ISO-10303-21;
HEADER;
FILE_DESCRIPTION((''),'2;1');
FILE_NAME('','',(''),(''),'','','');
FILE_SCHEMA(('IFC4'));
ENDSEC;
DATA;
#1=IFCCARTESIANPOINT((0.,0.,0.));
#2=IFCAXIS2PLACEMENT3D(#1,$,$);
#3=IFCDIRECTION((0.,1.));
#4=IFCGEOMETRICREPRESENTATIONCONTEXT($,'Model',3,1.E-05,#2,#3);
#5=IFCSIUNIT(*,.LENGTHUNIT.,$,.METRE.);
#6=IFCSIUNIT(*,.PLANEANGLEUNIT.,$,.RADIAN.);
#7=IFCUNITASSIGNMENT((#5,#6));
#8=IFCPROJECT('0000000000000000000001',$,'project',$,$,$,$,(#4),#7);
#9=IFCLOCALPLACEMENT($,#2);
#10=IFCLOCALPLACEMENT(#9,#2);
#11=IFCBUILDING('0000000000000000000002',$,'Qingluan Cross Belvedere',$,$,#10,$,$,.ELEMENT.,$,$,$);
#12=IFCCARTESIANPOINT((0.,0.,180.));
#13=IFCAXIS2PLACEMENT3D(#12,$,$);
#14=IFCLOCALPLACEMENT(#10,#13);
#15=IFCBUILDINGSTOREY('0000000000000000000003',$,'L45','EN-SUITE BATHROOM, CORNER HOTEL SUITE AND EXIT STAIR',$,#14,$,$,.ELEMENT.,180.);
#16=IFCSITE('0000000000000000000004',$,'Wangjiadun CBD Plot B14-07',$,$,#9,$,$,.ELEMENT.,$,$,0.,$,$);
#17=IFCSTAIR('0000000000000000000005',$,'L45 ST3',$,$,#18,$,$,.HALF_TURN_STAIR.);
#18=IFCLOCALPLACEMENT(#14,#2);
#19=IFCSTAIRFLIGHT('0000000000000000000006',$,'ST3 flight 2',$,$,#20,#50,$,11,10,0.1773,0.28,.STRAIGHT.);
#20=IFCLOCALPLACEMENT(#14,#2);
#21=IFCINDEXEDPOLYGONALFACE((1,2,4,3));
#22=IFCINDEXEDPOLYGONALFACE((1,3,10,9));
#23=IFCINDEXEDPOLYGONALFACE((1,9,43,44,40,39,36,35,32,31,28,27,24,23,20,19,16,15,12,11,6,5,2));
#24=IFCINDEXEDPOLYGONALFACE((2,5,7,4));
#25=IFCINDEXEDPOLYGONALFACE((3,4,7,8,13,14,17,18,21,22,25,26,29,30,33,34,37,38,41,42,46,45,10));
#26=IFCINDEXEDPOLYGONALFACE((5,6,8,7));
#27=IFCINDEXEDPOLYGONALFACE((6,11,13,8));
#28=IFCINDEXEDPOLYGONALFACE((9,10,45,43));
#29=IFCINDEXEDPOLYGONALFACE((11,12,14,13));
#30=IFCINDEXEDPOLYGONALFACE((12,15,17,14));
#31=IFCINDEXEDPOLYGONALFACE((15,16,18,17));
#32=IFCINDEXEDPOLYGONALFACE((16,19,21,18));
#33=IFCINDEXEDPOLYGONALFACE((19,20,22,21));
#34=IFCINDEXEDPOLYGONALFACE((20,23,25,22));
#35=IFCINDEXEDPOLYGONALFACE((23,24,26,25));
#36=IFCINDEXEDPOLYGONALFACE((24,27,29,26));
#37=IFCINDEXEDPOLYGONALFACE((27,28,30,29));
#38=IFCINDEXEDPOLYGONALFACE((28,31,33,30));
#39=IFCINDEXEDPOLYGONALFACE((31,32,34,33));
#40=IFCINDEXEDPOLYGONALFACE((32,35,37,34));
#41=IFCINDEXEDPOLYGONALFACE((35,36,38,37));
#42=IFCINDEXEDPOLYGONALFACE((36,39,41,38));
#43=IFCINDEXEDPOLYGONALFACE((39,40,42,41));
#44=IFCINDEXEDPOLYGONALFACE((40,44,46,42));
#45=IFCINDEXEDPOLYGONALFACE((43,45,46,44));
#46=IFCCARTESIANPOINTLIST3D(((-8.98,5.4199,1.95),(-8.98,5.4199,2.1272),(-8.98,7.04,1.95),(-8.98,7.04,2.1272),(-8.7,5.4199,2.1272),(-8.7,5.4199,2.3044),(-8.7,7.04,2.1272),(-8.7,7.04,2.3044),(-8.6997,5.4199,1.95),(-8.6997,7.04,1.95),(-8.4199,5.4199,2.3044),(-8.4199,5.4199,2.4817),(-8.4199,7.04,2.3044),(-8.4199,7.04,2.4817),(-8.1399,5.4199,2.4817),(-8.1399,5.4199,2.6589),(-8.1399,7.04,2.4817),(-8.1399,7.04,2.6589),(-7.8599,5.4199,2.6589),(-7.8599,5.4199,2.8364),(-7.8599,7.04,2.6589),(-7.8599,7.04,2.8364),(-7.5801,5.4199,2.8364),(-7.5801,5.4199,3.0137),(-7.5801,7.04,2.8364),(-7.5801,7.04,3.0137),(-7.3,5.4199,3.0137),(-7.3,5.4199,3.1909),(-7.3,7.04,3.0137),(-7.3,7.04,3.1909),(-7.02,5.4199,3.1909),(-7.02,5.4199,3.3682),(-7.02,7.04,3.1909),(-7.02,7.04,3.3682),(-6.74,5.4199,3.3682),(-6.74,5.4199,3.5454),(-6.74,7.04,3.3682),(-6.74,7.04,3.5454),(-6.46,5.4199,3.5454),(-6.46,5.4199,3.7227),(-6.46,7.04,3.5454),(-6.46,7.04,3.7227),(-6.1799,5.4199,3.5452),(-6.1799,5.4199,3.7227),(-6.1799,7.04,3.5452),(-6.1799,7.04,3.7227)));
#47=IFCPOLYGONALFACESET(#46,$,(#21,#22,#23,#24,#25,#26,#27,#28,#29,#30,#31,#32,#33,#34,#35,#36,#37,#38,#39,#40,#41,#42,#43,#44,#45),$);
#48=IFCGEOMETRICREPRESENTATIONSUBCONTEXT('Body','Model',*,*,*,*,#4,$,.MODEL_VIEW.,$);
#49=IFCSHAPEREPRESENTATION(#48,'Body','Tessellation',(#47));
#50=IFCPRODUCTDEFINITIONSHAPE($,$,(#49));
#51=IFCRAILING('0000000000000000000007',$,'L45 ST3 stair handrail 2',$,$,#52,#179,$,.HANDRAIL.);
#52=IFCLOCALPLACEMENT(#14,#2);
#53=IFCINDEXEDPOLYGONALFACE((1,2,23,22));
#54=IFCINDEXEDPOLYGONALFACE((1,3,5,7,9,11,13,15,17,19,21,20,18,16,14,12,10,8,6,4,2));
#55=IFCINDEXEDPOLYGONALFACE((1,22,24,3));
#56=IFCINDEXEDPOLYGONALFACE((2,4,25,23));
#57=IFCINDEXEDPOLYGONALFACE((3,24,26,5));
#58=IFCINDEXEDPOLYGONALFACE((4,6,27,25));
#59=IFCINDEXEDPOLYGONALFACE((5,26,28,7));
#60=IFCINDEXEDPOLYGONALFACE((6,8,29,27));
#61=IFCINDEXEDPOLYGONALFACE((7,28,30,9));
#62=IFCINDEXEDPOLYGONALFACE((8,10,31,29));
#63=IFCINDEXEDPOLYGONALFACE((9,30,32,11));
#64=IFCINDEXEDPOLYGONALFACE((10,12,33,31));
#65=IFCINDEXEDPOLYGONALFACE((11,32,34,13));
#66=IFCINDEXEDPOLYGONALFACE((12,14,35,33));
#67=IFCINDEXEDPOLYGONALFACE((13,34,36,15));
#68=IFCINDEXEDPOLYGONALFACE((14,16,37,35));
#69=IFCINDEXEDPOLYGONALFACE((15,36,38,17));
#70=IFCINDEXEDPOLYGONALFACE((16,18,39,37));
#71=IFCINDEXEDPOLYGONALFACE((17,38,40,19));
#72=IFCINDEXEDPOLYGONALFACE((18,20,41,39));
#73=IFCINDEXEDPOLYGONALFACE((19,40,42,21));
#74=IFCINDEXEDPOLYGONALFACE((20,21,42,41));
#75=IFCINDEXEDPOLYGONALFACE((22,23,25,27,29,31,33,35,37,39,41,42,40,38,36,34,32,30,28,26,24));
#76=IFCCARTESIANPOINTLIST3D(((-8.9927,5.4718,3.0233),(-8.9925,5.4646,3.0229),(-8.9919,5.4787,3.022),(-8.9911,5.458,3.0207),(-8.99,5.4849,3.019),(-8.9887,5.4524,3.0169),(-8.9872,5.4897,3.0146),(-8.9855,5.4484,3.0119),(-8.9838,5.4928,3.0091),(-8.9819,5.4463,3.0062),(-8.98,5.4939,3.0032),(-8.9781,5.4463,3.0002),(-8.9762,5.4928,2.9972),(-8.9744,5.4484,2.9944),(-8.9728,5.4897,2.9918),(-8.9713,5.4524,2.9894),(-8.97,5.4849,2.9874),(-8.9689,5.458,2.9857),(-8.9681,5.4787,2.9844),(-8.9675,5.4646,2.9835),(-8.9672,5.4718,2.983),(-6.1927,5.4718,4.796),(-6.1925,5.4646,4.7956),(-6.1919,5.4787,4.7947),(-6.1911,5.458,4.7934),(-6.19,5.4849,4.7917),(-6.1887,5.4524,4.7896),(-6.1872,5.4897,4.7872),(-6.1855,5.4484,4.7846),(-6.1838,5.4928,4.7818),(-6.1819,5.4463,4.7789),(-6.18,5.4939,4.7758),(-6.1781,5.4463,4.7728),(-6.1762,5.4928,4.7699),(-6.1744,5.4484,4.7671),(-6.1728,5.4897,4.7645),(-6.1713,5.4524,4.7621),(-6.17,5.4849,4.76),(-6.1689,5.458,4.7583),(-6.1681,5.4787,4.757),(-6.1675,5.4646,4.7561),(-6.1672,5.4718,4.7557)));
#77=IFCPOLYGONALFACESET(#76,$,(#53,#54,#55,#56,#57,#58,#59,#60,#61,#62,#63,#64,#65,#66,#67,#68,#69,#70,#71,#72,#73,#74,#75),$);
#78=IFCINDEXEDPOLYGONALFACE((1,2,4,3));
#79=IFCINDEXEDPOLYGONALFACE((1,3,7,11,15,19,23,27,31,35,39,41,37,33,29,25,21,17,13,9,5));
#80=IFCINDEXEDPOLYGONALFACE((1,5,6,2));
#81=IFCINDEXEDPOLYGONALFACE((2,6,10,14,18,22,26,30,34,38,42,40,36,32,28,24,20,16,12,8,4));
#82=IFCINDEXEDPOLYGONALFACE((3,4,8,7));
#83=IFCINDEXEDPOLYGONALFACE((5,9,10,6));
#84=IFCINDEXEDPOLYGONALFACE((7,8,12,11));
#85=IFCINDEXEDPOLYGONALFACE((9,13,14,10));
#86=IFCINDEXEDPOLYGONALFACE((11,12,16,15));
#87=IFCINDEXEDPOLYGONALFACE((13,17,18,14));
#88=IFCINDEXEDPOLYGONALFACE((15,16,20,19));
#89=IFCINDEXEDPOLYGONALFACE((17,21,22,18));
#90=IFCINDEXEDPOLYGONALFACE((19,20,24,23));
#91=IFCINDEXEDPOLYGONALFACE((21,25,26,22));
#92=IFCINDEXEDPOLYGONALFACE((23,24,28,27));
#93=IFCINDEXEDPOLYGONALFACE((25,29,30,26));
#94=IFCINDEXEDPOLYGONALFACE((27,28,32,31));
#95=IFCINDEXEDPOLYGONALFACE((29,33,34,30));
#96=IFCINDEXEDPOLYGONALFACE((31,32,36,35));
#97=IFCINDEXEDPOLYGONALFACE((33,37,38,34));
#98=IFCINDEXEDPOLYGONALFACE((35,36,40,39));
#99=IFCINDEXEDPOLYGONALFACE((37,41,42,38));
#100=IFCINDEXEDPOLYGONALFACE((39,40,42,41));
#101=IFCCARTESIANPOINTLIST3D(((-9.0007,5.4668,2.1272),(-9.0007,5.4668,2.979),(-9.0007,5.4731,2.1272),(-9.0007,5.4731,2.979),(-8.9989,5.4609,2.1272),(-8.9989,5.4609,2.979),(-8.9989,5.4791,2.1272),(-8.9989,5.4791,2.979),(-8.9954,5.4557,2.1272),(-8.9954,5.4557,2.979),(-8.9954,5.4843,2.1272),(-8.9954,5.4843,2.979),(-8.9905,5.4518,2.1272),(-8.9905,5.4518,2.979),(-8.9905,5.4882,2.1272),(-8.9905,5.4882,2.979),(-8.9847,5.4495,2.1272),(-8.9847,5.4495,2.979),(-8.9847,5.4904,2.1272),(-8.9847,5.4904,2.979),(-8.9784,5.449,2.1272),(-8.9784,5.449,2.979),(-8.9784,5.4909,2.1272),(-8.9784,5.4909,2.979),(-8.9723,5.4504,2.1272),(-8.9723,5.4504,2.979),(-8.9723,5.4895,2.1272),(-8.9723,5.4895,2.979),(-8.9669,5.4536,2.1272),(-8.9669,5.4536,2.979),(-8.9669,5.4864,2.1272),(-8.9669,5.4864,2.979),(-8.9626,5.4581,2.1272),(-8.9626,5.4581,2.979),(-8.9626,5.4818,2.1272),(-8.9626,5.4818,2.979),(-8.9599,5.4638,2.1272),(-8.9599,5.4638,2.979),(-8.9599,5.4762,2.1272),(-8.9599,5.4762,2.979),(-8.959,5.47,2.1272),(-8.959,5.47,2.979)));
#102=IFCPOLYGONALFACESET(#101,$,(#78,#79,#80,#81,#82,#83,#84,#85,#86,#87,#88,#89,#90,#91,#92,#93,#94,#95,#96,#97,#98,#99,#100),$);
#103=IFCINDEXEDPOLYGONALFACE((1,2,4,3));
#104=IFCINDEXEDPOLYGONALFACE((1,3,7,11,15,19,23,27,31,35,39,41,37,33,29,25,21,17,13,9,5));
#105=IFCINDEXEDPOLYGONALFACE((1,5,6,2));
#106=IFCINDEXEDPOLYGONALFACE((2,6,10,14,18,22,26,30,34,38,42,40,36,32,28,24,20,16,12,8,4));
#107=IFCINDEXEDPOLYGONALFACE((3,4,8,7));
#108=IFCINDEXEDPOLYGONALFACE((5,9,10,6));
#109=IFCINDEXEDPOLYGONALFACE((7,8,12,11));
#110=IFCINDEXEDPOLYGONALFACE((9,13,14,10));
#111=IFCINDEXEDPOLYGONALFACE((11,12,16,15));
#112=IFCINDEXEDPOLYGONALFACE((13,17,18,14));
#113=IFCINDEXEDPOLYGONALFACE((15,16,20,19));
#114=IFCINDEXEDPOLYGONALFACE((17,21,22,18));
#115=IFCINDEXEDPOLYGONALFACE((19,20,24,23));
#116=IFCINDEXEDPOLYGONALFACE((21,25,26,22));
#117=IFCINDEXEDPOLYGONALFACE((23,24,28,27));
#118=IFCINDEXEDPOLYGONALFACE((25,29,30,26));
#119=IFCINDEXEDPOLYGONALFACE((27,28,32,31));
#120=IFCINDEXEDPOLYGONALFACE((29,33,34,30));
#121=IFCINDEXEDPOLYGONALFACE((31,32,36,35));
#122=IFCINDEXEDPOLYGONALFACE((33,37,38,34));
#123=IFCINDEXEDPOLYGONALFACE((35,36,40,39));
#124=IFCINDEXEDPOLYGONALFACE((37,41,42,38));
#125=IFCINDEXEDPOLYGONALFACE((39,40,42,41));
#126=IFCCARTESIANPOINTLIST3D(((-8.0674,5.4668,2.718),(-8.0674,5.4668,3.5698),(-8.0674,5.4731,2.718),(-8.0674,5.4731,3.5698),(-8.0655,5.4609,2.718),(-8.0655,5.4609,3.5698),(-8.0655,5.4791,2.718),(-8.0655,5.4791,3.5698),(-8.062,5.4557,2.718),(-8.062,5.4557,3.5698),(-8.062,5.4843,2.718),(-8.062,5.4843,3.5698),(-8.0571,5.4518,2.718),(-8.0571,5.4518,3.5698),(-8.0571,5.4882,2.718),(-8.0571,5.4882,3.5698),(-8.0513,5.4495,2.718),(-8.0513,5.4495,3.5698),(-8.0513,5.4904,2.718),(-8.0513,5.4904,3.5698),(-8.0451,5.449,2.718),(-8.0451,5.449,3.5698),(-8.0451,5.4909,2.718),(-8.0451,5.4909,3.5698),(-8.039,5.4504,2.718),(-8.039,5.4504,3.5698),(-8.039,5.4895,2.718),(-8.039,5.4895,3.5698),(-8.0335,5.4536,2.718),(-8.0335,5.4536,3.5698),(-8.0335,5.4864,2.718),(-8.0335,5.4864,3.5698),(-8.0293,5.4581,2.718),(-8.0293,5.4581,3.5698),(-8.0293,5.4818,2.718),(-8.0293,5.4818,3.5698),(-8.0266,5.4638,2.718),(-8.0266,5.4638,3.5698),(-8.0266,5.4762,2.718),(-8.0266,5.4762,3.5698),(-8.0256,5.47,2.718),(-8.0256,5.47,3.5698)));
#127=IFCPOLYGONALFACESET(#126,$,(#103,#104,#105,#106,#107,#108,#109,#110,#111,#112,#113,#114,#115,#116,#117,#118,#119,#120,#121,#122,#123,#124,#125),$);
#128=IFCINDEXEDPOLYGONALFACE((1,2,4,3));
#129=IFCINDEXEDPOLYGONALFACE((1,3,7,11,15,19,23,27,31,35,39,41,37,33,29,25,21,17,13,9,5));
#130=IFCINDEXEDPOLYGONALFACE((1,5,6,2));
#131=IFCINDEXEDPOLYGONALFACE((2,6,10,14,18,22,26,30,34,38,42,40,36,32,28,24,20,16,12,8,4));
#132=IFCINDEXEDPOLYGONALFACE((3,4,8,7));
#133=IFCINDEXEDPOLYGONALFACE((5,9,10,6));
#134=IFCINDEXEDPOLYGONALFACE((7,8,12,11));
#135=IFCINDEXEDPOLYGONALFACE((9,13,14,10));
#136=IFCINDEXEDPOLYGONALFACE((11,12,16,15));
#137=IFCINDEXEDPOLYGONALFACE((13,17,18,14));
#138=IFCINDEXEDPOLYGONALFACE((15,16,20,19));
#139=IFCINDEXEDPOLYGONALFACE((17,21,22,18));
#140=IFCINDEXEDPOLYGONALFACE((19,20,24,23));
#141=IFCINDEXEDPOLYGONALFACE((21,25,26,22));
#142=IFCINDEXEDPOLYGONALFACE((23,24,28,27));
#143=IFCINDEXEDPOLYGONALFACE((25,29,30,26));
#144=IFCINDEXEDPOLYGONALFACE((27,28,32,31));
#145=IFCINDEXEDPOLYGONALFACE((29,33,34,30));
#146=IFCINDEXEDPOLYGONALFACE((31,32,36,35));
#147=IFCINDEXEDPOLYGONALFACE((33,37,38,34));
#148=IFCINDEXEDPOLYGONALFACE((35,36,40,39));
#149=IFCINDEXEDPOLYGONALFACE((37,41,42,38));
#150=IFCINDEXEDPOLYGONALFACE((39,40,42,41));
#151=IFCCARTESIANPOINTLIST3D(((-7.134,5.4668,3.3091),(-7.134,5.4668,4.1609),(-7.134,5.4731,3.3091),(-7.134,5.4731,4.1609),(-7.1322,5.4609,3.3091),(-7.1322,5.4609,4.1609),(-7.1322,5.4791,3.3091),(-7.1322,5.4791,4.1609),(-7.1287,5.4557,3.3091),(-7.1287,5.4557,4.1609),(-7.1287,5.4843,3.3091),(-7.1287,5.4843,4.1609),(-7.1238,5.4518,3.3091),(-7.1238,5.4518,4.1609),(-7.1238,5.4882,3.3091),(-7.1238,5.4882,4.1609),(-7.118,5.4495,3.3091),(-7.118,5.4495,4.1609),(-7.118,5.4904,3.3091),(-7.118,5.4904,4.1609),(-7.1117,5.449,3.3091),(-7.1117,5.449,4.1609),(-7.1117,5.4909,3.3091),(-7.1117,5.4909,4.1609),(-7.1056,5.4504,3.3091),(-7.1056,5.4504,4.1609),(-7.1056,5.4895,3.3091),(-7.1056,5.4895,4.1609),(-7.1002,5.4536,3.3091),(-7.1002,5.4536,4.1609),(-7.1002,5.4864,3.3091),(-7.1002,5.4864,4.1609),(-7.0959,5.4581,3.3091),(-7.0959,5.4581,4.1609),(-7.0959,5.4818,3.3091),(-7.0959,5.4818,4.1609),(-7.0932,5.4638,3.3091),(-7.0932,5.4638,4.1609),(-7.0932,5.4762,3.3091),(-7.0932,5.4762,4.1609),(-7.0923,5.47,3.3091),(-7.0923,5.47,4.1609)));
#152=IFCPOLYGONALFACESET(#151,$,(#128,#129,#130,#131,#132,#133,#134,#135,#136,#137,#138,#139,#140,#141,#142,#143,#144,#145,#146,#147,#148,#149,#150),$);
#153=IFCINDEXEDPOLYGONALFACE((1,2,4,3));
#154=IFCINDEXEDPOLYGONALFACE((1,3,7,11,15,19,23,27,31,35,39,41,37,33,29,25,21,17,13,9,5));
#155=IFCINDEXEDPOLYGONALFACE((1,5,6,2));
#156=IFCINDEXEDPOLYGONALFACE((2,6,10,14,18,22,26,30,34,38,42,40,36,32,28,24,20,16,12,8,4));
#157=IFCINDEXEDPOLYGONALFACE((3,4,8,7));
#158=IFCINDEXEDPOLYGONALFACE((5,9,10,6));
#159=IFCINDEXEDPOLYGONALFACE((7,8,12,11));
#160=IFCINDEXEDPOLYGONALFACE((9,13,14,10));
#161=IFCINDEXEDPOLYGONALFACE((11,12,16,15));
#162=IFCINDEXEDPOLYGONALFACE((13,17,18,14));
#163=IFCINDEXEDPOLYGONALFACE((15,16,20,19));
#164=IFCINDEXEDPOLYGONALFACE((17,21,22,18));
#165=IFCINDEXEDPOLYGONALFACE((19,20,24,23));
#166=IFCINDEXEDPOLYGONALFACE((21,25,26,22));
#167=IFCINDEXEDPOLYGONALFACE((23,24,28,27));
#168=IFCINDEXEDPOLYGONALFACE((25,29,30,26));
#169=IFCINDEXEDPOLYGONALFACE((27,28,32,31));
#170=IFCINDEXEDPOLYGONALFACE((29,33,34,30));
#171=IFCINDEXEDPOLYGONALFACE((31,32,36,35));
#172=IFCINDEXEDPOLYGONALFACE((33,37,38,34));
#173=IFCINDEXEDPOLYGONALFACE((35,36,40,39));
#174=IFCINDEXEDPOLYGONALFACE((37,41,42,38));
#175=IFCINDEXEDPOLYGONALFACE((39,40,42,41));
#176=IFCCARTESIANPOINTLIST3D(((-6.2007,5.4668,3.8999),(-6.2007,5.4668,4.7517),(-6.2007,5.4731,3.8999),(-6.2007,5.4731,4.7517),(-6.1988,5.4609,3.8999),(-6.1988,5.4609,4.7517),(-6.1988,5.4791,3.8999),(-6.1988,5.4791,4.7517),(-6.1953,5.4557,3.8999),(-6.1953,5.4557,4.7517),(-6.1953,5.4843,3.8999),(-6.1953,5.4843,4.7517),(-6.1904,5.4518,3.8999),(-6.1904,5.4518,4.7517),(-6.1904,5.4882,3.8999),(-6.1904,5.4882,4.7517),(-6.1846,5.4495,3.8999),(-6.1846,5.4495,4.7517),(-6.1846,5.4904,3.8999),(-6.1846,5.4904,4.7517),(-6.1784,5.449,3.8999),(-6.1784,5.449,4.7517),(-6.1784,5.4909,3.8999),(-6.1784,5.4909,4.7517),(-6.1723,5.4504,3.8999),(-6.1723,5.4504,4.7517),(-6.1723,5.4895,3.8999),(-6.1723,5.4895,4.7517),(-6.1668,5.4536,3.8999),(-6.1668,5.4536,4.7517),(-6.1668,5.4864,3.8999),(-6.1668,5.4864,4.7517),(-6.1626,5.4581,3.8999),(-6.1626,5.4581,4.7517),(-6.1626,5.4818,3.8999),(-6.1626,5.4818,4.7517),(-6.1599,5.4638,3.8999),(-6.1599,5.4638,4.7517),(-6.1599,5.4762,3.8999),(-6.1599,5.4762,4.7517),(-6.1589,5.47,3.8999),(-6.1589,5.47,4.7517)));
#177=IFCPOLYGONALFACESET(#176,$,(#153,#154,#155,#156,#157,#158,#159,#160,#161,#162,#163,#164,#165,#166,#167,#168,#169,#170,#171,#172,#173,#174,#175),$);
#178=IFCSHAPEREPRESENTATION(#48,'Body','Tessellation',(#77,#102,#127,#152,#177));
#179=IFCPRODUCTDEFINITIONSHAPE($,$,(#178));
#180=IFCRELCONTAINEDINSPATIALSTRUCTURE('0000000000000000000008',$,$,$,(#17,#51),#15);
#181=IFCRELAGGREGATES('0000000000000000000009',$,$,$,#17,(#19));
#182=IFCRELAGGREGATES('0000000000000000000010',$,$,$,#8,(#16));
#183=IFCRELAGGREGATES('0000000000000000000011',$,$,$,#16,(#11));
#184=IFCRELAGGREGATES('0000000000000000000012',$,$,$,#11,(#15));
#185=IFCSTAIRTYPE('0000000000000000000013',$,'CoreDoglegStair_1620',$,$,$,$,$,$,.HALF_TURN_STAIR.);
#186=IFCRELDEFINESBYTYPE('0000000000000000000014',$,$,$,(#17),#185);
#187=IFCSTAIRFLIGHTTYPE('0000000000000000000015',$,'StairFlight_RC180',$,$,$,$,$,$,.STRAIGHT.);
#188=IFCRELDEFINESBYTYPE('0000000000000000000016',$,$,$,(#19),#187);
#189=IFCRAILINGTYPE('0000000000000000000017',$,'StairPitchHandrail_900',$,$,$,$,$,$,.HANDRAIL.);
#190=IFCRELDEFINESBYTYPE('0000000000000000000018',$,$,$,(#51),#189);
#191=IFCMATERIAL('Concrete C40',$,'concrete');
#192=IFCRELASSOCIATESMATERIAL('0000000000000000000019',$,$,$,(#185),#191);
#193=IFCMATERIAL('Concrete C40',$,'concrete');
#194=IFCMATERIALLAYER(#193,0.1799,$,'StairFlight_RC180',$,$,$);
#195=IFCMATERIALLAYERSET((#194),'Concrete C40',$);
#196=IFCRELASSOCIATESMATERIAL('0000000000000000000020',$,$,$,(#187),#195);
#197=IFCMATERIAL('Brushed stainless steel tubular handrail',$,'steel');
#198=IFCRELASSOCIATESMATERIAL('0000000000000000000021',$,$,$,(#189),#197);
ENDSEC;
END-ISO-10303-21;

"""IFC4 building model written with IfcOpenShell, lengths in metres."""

from ifc_helpers import new_model, si_unit, direction, frame, origin, origin_2d, place, context, subcontext, project, spatial, polyline, circle, outline, extrude, material, layer, layer_set, type_object, element, aggregate, save


model = new_model("IFC4")

# Units and contexts
model_context = context("Model", 3, precision=1e-05, world=origin(), true_north=direction((0.0, 1.0)))
body_context = subcontext(model_context, "Body", "Model", "MODEL_VIEW")
ifc_project = project(units=[si_unit("LENGTHUNIT", "METRE"), si_unit("PLANEANGLEUNIT", "RADIAN")], contexts=[model_context])

# Site, building, storey
site_placement = place(None, origin())
site = spatial("IfcSite", under=ifc_project, at=site_placement, Name="Wangjiadun CBD Plot B14-07", CompositionType="ELEMENT", RefElevation=0.0)
building_placement = place(site_placement, origin())
building = spatial("IfcBuilding", under=site, at=building_placement, Name="Qingluan Cross Belvedere", CompositionType="ELEMENT")
storey_placement = place(building_placement, frame((0.0, 0.0, 180.0)))
storey = spatial("IfcBuildingStorey", under=building, at=storey_placement, Name="L45", Description="EN-SUITE BATHROOM, CORNER HOTEL SUITE AND EXIT STAIR", CompositionType="ELEMENT", Elevation=180.0)

# Stair, stair flight
ifc_material_1 = material(Name="Concrete C40", Category="concrete")
stair_type = type_object("IfcStairType", Name="CoreDoglegStair_1620", PredefinedType="HALF_TURN_STAIR", material=ifc_material_1)
stair_placement = place(storey_placement, origin())
stair = element("IfcStair", 1, at=stair_placement, inside=storey, type_object=stair_type, Name="L45 ST3", PredefinedType="HALF_TURN_STAIR")
ifc_material_2 = material(Name="Concrete C40", Category="concrete")
ifc_layer_1 = layer(ifc_material_2, 0.1799, Name="StairFlight_RC180")
ifc_layer_set_1 = layer_set([ifc_layer_1], Name="Concrete C40")
stair_flight_type = type_object("IfcStairFlightType", Name="StairFlight_RC180", PredefinedType="STRAIGHT", material=ifc_layer_set_1)
stair_flight_1_placement = place(storey_placement, frame((-8.98, 6.23, 1.95), z_axis=(0.0, 0.0, 1.0), x_axis=(1.0, 0.0, 0.0)))
stair_flight_1 = element("IfcStairFlight", 2, at=stair_flight_1_placement, type_object=stair_flight_type, Name="ST3 flight 2", NumberOfRisers=11, NumberOfTreads=10, PredefinedType="STRAIGHT", RiserHeight=0.1773, TreadLength=0.28, context=body_context, shape_type="SweptSolid", body=[
    extrude(outline(polyline([(0.0, 0.0), (0.0, 0.1772), (0.28, 0.1772), (0.28, 0.3545), (0.5601, 0.3545), (0.5601, 0.5317), (0.8401, 0.5317), (0.8401, 0.709), (1.1201, 0.709), (1.1201, 0.8865), (1.3999, 0.8865), (1.3999, 1.0637), (1.6799, 1.0637), (1.6799, 1.241), (1.96, 1.241), (1.96, 1.4182), (2.24, 1.4182), (2.24, 1.5955), (2.52, 1.5955), (2.52, 1.7727), (2.8, 1.7727), (2.8, 1.95), (2.8, 1.5952), (0.2803, 0.0), (0.0, 0.0)])), frame((0.0, 0.8101, 0.0), z_axis=(0.0, -1.0, 0.0), x_axis=(1.0, 0.0, 0.0)), (0.0, 0.0, 1.0), 1.6201),
])
aggregate(stair, [stair_flight_1])

# Railing
ifc_material_3 = material(Name="Brushed stainless steel tubular handrail", Category="steel")
railing_type_1 = type_object("IfcRailingType", Name="StairPitchHandrail_900", PredefinedType="HANDRAIL", material=ifc_material_3)
railing_1_placement = place(storey_placement, frame((-8.98, 5.47, 2.1272)))
element("IfcRailing", 3, at=railing_1_placement, inside=storey, type_object=railing_type_1, Name="L45 ST3 stair handrail 2", PredefinedType="HANDRAIL", context=body_context, shape_type="SweptSolid", body=[
    extrude(circle(Radius=0.0239, at=origin_2d()), frame((0.0, 0.0, 0.876), z_axis=(0.844909, 0.0, 0.53491), x_axis=(0.0, 1.0, 0.0)), (0.0, 0.0, 1.0), 3.314),
    extrude(circle(Radius=0.021, at=origin_2d()), origin(), (0.0, 0.0, 1.0), 0.8518),
    extrude(circle(Radius=0.021, at=origin_2d()), frame((0.9333, 0.0, 0.5908)), (0.0, 0.0, 1.0), 0.8518),
    extrude(circle(Radius=0.021, at=origin_2d()), frame((1.8667, 0.0, 1.1819)), (0.0, 0.0, 1.0), 0.8518),
    extrude(circle(Radius=0.021, at=origin_2d()), frame((2.8, 0.0, 1.7727)), (0.0, 0.0, 1.0), 0.8518),
])

save(model, "model.ifc")
